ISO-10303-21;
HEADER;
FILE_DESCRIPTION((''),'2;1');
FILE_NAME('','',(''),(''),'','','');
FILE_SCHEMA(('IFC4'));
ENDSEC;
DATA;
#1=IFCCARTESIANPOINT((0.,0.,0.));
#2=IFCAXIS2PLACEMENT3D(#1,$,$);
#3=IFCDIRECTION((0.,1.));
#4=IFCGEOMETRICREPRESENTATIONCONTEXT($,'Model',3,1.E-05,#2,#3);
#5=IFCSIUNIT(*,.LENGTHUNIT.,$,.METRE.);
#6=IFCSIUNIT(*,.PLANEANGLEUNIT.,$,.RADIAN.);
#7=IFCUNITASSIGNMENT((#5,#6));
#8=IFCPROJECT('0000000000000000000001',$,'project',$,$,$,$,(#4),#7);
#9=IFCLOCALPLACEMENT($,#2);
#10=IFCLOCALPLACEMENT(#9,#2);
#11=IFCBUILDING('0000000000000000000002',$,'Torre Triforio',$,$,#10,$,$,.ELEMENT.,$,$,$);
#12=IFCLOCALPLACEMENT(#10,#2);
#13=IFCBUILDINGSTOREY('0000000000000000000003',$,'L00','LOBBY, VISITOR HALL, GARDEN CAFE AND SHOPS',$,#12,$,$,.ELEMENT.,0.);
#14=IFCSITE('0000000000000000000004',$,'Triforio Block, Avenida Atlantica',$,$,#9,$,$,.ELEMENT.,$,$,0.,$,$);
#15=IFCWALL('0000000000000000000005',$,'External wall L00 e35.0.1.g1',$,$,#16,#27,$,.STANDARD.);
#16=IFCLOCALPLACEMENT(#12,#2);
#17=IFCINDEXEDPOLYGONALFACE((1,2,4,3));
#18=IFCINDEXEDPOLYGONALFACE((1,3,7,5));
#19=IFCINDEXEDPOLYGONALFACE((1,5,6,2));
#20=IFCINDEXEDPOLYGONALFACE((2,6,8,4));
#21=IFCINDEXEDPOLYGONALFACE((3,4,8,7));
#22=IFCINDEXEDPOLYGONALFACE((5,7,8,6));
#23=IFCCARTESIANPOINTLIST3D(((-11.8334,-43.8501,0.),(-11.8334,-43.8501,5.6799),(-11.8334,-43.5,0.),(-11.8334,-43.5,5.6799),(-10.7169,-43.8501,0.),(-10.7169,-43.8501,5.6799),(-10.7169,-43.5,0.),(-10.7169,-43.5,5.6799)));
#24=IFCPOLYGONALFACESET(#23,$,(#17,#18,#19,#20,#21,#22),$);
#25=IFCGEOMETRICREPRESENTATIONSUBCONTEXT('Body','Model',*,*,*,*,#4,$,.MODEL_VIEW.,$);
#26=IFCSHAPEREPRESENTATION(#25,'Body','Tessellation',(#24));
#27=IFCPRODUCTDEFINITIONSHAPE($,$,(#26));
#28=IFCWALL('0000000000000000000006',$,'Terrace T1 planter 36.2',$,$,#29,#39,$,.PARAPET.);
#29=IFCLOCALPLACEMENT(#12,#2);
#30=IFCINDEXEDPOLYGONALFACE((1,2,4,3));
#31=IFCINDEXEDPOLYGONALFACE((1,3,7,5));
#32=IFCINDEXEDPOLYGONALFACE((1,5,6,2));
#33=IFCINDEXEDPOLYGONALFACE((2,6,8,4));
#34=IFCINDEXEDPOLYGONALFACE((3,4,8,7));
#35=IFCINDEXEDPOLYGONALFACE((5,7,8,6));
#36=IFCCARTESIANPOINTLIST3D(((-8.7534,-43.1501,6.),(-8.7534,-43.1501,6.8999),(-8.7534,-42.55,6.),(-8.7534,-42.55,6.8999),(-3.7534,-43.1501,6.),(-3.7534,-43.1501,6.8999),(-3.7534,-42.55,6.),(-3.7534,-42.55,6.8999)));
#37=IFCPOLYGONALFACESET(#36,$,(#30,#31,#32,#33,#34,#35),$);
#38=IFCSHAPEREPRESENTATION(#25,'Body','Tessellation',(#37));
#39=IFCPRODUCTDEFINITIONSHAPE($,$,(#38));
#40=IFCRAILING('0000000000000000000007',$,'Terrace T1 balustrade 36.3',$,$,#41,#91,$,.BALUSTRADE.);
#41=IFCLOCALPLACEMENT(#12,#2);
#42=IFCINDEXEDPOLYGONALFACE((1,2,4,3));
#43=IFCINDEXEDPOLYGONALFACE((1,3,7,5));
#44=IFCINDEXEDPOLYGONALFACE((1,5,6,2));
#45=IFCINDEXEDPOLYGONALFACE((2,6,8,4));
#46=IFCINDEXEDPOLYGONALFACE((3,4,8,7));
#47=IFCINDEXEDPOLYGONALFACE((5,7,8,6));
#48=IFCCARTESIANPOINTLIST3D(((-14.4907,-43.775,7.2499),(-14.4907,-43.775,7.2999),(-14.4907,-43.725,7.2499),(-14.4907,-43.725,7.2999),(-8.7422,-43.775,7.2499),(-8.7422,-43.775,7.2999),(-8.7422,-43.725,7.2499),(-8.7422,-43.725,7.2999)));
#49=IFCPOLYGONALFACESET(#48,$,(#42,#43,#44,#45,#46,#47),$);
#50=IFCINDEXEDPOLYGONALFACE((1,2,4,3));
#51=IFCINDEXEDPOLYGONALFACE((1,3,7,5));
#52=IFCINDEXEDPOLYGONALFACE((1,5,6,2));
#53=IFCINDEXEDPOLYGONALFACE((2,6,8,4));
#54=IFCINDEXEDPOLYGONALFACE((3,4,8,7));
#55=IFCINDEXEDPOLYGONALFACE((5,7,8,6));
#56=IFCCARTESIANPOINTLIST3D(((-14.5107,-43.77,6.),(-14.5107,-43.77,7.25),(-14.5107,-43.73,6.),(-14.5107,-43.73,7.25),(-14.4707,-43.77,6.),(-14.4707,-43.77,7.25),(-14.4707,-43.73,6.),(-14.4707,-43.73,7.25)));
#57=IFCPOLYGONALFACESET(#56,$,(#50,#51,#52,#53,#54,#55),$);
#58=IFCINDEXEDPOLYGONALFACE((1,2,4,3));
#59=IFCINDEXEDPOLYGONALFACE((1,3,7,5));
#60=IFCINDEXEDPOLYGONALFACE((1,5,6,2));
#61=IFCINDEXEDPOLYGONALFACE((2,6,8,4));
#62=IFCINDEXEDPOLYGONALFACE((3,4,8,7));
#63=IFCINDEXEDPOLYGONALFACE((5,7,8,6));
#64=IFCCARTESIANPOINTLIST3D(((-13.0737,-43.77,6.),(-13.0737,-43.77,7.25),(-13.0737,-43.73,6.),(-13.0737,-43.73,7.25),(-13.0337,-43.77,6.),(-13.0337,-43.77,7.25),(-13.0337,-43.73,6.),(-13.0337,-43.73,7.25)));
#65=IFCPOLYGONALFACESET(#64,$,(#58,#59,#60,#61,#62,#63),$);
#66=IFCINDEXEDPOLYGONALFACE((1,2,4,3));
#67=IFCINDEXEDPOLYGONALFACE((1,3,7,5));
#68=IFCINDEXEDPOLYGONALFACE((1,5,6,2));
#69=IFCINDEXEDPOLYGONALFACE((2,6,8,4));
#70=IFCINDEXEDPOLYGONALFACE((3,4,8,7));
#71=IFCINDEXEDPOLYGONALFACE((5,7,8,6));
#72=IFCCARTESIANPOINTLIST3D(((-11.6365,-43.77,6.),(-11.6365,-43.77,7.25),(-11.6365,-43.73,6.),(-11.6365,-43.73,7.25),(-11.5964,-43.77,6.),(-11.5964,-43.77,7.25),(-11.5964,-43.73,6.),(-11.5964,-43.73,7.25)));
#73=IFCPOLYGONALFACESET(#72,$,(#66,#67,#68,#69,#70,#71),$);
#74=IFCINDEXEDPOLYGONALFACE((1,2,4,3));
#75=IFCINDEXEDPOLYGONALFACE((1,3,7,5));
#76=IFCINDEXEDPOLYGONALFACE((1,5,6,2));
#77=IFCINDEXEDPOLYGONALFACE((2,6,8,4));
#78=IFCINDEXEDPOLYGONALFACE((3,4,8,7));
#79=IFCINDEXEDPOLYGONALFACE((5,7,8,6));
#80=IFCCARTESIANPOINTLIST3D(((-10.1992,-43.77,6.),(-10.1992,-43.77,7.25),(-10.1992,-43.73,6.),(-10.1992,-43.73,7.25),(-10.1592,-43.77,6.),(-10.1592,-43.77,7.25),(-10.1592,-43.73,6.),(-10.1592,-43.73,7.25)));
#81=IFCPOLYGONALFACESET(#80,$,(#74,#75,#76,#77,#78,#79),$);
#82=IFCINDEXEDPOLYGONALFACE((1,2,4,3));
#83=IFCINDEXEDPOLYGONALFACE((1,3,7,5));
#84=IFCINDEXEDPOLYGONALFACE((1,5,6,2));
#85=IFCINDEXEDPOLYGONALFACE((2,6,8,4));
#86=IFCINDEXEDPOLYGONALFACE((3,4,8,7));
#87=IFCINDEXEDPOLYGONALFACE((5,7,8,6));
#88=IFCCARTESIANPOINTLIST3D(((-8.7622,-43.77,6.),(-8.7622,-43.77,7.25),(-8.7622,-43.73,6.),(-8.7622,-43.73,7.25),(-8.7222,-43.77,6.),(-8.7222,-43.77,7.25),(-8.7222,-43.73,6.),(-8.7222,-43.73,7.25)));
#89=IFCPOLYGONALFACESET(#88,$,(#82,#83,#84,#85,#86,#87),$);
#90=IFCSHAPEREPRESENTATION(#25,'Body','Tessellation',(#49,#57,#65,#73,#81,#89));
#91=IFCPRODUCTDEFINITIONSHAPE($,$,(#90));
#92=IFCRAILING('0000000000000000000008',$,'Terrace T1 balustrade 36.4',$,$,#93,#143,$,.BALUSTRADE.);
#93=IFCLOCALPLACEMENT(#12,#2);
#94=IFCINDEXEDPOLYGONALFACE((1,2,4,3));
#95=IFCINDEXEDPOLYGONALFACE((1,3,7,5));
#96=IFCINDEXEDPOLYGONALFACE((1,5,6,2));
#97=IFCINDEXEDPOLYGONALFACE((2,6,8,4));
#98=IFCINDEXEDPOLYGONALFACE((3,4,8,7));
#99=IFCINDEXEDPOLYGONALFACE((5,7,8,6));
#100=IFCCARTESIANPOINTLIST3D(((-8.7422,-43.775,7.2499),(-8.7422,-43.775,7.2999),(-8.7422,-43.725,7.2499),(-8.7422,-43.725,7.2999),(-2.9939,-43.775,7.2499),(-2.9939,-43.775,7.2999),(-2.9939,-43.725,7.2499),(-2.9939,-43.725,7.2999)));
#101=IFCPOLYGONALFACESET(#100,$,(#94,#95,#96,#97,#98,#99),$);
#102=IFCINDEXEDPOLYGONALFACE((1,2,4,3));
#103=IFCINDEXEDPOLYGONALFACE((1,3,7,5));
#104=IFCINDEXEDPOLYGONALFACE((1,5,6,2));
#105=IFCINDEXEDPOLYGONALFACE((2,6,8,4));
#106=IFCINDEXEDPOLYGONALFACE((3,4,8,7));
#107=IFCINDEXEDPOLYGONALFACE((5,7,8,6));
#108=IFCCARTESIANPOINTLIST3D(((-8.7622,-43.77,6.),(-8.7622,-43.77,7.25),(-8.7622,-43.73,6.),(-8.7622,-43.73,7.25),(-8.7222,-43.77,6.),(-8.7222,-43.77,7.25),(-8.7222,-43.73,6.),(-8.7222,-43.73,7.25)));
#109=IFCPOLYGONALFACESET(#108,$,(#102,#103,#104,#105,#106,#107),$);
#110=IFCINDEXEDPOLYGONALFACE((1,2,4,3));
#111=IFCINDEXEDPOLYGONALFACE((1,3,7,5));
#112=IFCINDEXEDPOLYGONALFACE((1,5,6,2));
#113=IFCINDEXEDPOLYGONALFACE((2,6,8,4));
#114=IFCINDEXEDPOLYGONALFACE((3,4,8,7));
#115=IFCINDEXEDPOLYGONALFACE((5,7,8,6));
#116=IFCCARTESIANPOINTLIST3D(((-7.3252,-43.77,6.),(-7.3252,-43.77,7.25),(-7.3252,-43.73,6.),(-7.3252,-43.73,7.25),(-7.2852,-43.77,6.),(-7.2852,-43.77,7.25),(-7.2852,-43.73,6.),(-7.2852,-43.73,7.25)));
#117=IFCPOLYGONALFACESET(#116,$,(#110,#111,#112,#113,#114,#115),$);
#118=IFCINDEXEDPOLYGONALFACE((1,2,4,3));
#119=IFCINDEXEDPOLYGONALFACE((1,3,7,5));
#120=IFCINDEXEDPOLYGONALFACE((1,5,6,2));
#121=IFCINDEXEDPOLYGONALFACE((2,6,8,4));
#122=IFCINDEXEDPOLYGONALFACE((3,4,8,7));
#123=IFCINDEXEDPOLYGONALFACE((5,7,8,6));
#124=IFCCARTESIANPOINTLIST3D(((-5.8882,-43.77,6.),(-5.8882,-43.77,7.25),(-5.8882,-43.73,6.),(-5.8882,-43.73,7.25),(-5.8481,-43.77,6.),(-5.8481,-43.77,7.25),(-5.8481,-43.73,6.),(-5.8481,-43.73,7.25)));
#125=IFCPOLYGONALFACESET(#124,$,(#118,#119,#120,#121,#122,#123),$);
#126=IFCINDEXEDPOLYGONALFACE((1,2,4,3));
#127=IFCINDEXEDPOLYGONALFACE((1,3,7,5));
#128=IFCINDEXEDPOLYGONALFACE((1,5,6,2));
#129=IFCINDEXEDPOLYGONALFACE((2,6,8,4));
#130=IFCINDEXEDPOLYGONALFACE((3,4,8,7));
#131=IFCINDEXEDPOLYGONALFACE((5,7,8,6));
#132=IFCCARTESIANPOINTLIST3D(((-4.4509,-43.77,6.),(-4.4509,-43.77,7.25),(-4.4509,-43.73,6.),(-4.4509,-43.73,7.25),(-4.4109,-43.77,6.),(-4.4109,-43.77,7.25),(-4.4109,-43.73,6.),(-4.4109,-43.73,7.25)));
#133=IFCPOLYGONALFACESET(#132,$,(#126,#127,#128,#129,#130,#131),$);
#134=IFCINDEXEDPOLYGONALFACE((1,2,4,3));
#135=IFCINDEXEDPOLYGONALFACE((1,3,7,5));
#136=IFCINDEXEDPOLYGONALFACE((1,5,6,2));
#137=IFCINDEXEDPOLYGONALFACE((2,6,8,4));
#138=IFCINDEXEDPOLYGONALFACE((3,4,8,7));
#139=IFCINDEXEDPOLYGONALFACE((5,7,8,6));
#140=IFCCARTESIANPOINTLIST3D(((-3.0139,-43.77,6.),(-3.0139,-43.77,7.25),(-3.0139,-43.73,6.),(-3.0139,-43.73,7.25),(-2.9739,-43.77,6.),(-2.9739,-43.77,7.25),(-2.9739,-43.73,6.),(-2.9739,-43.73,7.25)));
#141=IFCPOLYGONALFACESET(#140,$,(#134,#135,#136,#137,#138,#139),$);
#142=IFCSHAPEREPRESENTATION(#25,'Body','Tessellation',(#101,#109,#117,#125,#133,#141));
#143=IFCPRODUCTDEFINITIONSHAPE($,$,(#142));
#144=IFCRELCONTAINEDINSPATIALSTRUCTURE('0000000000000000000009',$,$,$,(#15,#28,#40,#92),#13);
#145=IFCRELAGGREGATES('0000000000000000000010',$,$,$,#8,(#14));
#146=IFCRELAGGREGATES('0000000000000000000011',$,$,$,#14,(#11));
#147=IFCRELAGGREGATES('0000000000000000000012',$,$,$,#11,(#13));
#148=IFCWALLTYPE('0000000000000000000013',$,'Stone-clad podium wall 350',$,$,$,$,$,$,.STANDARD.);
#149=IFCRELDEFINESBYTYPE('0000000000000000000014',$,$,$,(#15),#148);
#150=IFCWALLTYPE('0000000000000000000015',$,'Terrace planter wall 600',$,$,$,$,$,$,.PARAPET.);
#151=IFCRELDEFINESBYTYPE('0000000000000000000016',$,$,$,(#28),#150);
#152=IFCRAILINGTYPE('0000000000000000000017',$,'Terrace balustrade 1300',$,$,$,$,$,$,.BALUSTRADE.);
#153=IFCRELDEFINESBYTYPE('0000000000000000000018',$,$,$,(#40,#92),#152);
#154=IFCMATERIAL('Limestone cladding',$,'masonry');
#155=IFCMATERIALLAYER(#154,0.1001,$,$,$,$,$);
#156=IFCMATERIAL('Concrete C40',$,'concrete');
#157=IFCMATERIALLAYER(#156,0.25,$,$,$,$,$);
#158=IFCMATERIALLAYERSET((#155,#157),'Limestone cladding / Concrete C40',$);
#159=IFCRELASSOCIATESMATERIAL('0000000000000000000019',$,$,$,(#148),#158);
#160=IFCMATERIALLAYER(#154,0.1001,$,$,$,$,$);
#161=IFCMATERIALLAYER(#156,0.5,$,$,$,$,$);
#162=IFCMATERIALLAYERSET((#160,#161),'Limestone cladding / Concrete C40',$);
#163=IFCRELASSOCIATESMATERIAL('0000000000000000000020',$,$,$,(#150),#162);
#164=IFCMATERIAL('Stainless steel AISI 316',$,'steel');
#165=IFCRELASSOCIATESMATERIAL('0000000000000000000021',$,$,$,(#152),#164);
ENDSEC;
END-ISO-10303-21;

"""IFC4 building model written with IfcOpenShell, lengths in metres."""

from ifc_helpers import new_model, si_unit, direction, frame, frame_2d, origin, origin_2d, place, context, subcontext, project, spatial, rectangle, extrude, material, layer, layer_set, type_object, element, save


model = new_model("IFC4")

# Units and contexts
model_context = context("Model", 3, precision=1e-05, world=origin(), true_north=direction((0.0, 1.0)))
body_context = subcontext(model_context, "Body", "Model", "MODEL_VIEW")
ifc_project = project(units=[si_unit("LENGTHUNIT", "METRE"), si_unit("PLANEANGLEUNIT", "RADIAN")], contexts=[model_context])

# Site, building, storey
site_placement = place(None, origin())
site = spatial("IfcSite", under=ifc_project, at=site_placement, Name="Triforio Block, Avenida Atlantica", CompositionType="ELEMENT", RefElevation=0.0)
building_placement = place(site_placement, origin())
building = spatial("IfcBuilding", under=site, at=building_placement, Name="Torre Triforio", CompositionType="ELEMENT")
storey_placement = place(building_placement, origin())
storey = spatial("IfcBuildingStorey", under=building, at=storey_placement, Name="L00", Description="LOBBY, VISITOR HALL, GARDEN CAFE AND SHOPS", CompositionType="ELEMENT", Elevation=0.0)

# Walls
ifc_material_1 = material(Name="Limestone cladding", Category="masonry")
ifc_layer_1 = layer(ifc_material_1, 0.1001)
ifc_material_2 = material(Name="Concrete C40", Category="concrete")
ifc_layer_2 = layer(ifc_material_2, 0.25)
ifc_layer_set_1 = layer_set([ifc_layer_1, ifc_layer_2], Name="Limestone cladding / Concrete C40")
wall_type_1 = type_object("IfcWallType", Name="Stone-clad podium wall 350", PredefinedType="STANDARD", material=ifc_layer_set_1)
wall_1_placement = place(storey_placement, frame((-11.8333, -43.675, 0.0), z_axis=(0.0, 0.0, 1.0), x_axis=(1.0, 0.0, 0.0)))
element("IfcWall", 1, at=wall_1_placement, inside=storey, type_object=wall_type_1, Name="External wall L00 e35.0.1.g1", PredefinedType="STANDARD", context=body_context, shape_type="SweptSolid", body=[
    extrude(rectangle(XDim=1.1165, YDim=0.3501, at=frame_2d((0.5581, 0.0))), origin(), (0.0, 0.0, 1.0), 5.6799),
])
ifc_layer_3 = layer(ifc_material_1, 0.1001)
ifc_layer_4 = layer(ifc_material_2, 0.5)
ifc_layer_set_2 = layer_set([ifc_layer_3, ifc_layer_4], Name="Limestone cladding / Concrete C40")
wall_type_2 = type_object("IfcWallType", Name="Terrace planter wall 600", PredefinedType="PARAPET", material=ifc_layer_set_2)
wall_2_placement = place(storey_placement, frame((-8.7534, -42.8501, 6.0), z_axis=(0.0, 0.0, 1.0), x_axis=(1.0, 0.0, 0.0)))
element("IfcWall", 2, at=wall_2_placement, inside=storey, type_object=wall_type_2, Name="Terrace T1 planter 36.2", PredefinedType="PARAPET", context=body_context, shape_type="SweptSolid", body=[
    extrude(rectangle(XDim=5.0, YDim=0.6001, at=frame_2d((2.5, 0.0))), origin(), (0.0, 0.0, 1.0), 0.8999),
])

# Railings
ifc_material_3 = material(Name="Stainless steel AISI 316", Category="steel")
railing_type = type_object("IfcRailingType", Name="Terrace balustrade 1300", PredefinedType="BALUSTRADE", material=ifc_material_3)
railing_1_placement = place(storey_placement, frame((-14.4907, -43.75, 6.0)))
element("IfcRailing", 3, at=railing_1_placement, inside=storey, type_object=railing_type, Name="Terrace T1 balustrade 36.3", PredefinedType="BALUSTRADE", context=body_context, shape_type="SweptSolid", body=[
    extrude(rectangle(XDim=0.05, YDim=0.05, at=origin_2d()), frame((0.0, 0.0, 1.2749), z_axis=(1.0, 0.0, 0.0), x_axis=(0.0, 1.0, 0.0)), (0.0, 0.0, 1.0), 5.7485),
    extrude(rectangle(XDim=0.04, YDim=0.04, at=origin_2d()), origin(), (0.0, 0.0, 1.0), 1.25),
    extrude(rectangle(XDim=0.04, YDim=0.04, at=origin_2d()), frame((1.437, 0.0, 0.0)), (0.0, 0.0, 1.0), 1.25),
    extrude(rectangle(XDim=0.04, YDim=0.04, at=origin_2d()), frame((2.8743, 0.0, 0.0)), (0.0, 0.0, 1.0), 1.25),
    extrude(rectangle(XDim=0.04, YDim=0.04, at=origin_2d()), frame((4.3115, 0.0, 0.0)), (0.0, 0.0, 1.0), 1.25),
    extrude(rectangle(XDim=0.04, YDim=0.04, at=origin_2d()), frame((5.7485, 0.0, 0.0)), (0.0, 0.0, 1.0), 1.25),
])
railing_2_placement = place(storey_placement, frame((-8.7422, -43.75, 6.0)))
element("IfcRailing", 4, at=railing_2_placement, inside=storey, type_object=railing_type, Name="Terrace T1 balustrade 36.4", PredefinedType="BALUSTRADE", context=body_context, shape_type="SweptSolid", body=[
    extrude(rectangle(XDim=0.05, YDim=0.05, at=origin_2d()), frame((0.0, 0.0, 1.2749), z_axis=(1.0, 0.0, 0.0), x_axis=(0.0, 1.0, 0.0)), (0.0, 0.0, 1.0), 5.7483),
    extrude(rectangle(XDim=0.04, YDim=0.04, at=origin_2d()), origin(), (0.0, 0.0, 1.0), 1.25),
    extrude(rectangle(XDim=0.04, YDim=0.04, at=origin_2d()), frame((1.437, 0.0, 0.0)), (0.0, 0.0, 1.0), 1.25),
    extrude(rectangle(XDim=0.04, YDim=0.04, at=origin_2d()), frame((2.874, 0.0, 0.0)), (0.0, 0.0, 1.0), 1.25),
    extrude(rectangle(XDim=0.04, YDim=0.04, at=origin_2d()), frame((4.3113, 0.0, 0.0)), (0.0, 0.0, 1.0), 1.25),
    extrude(rectangle(XDim=0.04, YDim=0.04, at=origin_2d()), frame((5.7483, 0.0, 0.0)), (0.0, 0.0, 1.0), 1.25),
])

save(model, "model.ifc")
